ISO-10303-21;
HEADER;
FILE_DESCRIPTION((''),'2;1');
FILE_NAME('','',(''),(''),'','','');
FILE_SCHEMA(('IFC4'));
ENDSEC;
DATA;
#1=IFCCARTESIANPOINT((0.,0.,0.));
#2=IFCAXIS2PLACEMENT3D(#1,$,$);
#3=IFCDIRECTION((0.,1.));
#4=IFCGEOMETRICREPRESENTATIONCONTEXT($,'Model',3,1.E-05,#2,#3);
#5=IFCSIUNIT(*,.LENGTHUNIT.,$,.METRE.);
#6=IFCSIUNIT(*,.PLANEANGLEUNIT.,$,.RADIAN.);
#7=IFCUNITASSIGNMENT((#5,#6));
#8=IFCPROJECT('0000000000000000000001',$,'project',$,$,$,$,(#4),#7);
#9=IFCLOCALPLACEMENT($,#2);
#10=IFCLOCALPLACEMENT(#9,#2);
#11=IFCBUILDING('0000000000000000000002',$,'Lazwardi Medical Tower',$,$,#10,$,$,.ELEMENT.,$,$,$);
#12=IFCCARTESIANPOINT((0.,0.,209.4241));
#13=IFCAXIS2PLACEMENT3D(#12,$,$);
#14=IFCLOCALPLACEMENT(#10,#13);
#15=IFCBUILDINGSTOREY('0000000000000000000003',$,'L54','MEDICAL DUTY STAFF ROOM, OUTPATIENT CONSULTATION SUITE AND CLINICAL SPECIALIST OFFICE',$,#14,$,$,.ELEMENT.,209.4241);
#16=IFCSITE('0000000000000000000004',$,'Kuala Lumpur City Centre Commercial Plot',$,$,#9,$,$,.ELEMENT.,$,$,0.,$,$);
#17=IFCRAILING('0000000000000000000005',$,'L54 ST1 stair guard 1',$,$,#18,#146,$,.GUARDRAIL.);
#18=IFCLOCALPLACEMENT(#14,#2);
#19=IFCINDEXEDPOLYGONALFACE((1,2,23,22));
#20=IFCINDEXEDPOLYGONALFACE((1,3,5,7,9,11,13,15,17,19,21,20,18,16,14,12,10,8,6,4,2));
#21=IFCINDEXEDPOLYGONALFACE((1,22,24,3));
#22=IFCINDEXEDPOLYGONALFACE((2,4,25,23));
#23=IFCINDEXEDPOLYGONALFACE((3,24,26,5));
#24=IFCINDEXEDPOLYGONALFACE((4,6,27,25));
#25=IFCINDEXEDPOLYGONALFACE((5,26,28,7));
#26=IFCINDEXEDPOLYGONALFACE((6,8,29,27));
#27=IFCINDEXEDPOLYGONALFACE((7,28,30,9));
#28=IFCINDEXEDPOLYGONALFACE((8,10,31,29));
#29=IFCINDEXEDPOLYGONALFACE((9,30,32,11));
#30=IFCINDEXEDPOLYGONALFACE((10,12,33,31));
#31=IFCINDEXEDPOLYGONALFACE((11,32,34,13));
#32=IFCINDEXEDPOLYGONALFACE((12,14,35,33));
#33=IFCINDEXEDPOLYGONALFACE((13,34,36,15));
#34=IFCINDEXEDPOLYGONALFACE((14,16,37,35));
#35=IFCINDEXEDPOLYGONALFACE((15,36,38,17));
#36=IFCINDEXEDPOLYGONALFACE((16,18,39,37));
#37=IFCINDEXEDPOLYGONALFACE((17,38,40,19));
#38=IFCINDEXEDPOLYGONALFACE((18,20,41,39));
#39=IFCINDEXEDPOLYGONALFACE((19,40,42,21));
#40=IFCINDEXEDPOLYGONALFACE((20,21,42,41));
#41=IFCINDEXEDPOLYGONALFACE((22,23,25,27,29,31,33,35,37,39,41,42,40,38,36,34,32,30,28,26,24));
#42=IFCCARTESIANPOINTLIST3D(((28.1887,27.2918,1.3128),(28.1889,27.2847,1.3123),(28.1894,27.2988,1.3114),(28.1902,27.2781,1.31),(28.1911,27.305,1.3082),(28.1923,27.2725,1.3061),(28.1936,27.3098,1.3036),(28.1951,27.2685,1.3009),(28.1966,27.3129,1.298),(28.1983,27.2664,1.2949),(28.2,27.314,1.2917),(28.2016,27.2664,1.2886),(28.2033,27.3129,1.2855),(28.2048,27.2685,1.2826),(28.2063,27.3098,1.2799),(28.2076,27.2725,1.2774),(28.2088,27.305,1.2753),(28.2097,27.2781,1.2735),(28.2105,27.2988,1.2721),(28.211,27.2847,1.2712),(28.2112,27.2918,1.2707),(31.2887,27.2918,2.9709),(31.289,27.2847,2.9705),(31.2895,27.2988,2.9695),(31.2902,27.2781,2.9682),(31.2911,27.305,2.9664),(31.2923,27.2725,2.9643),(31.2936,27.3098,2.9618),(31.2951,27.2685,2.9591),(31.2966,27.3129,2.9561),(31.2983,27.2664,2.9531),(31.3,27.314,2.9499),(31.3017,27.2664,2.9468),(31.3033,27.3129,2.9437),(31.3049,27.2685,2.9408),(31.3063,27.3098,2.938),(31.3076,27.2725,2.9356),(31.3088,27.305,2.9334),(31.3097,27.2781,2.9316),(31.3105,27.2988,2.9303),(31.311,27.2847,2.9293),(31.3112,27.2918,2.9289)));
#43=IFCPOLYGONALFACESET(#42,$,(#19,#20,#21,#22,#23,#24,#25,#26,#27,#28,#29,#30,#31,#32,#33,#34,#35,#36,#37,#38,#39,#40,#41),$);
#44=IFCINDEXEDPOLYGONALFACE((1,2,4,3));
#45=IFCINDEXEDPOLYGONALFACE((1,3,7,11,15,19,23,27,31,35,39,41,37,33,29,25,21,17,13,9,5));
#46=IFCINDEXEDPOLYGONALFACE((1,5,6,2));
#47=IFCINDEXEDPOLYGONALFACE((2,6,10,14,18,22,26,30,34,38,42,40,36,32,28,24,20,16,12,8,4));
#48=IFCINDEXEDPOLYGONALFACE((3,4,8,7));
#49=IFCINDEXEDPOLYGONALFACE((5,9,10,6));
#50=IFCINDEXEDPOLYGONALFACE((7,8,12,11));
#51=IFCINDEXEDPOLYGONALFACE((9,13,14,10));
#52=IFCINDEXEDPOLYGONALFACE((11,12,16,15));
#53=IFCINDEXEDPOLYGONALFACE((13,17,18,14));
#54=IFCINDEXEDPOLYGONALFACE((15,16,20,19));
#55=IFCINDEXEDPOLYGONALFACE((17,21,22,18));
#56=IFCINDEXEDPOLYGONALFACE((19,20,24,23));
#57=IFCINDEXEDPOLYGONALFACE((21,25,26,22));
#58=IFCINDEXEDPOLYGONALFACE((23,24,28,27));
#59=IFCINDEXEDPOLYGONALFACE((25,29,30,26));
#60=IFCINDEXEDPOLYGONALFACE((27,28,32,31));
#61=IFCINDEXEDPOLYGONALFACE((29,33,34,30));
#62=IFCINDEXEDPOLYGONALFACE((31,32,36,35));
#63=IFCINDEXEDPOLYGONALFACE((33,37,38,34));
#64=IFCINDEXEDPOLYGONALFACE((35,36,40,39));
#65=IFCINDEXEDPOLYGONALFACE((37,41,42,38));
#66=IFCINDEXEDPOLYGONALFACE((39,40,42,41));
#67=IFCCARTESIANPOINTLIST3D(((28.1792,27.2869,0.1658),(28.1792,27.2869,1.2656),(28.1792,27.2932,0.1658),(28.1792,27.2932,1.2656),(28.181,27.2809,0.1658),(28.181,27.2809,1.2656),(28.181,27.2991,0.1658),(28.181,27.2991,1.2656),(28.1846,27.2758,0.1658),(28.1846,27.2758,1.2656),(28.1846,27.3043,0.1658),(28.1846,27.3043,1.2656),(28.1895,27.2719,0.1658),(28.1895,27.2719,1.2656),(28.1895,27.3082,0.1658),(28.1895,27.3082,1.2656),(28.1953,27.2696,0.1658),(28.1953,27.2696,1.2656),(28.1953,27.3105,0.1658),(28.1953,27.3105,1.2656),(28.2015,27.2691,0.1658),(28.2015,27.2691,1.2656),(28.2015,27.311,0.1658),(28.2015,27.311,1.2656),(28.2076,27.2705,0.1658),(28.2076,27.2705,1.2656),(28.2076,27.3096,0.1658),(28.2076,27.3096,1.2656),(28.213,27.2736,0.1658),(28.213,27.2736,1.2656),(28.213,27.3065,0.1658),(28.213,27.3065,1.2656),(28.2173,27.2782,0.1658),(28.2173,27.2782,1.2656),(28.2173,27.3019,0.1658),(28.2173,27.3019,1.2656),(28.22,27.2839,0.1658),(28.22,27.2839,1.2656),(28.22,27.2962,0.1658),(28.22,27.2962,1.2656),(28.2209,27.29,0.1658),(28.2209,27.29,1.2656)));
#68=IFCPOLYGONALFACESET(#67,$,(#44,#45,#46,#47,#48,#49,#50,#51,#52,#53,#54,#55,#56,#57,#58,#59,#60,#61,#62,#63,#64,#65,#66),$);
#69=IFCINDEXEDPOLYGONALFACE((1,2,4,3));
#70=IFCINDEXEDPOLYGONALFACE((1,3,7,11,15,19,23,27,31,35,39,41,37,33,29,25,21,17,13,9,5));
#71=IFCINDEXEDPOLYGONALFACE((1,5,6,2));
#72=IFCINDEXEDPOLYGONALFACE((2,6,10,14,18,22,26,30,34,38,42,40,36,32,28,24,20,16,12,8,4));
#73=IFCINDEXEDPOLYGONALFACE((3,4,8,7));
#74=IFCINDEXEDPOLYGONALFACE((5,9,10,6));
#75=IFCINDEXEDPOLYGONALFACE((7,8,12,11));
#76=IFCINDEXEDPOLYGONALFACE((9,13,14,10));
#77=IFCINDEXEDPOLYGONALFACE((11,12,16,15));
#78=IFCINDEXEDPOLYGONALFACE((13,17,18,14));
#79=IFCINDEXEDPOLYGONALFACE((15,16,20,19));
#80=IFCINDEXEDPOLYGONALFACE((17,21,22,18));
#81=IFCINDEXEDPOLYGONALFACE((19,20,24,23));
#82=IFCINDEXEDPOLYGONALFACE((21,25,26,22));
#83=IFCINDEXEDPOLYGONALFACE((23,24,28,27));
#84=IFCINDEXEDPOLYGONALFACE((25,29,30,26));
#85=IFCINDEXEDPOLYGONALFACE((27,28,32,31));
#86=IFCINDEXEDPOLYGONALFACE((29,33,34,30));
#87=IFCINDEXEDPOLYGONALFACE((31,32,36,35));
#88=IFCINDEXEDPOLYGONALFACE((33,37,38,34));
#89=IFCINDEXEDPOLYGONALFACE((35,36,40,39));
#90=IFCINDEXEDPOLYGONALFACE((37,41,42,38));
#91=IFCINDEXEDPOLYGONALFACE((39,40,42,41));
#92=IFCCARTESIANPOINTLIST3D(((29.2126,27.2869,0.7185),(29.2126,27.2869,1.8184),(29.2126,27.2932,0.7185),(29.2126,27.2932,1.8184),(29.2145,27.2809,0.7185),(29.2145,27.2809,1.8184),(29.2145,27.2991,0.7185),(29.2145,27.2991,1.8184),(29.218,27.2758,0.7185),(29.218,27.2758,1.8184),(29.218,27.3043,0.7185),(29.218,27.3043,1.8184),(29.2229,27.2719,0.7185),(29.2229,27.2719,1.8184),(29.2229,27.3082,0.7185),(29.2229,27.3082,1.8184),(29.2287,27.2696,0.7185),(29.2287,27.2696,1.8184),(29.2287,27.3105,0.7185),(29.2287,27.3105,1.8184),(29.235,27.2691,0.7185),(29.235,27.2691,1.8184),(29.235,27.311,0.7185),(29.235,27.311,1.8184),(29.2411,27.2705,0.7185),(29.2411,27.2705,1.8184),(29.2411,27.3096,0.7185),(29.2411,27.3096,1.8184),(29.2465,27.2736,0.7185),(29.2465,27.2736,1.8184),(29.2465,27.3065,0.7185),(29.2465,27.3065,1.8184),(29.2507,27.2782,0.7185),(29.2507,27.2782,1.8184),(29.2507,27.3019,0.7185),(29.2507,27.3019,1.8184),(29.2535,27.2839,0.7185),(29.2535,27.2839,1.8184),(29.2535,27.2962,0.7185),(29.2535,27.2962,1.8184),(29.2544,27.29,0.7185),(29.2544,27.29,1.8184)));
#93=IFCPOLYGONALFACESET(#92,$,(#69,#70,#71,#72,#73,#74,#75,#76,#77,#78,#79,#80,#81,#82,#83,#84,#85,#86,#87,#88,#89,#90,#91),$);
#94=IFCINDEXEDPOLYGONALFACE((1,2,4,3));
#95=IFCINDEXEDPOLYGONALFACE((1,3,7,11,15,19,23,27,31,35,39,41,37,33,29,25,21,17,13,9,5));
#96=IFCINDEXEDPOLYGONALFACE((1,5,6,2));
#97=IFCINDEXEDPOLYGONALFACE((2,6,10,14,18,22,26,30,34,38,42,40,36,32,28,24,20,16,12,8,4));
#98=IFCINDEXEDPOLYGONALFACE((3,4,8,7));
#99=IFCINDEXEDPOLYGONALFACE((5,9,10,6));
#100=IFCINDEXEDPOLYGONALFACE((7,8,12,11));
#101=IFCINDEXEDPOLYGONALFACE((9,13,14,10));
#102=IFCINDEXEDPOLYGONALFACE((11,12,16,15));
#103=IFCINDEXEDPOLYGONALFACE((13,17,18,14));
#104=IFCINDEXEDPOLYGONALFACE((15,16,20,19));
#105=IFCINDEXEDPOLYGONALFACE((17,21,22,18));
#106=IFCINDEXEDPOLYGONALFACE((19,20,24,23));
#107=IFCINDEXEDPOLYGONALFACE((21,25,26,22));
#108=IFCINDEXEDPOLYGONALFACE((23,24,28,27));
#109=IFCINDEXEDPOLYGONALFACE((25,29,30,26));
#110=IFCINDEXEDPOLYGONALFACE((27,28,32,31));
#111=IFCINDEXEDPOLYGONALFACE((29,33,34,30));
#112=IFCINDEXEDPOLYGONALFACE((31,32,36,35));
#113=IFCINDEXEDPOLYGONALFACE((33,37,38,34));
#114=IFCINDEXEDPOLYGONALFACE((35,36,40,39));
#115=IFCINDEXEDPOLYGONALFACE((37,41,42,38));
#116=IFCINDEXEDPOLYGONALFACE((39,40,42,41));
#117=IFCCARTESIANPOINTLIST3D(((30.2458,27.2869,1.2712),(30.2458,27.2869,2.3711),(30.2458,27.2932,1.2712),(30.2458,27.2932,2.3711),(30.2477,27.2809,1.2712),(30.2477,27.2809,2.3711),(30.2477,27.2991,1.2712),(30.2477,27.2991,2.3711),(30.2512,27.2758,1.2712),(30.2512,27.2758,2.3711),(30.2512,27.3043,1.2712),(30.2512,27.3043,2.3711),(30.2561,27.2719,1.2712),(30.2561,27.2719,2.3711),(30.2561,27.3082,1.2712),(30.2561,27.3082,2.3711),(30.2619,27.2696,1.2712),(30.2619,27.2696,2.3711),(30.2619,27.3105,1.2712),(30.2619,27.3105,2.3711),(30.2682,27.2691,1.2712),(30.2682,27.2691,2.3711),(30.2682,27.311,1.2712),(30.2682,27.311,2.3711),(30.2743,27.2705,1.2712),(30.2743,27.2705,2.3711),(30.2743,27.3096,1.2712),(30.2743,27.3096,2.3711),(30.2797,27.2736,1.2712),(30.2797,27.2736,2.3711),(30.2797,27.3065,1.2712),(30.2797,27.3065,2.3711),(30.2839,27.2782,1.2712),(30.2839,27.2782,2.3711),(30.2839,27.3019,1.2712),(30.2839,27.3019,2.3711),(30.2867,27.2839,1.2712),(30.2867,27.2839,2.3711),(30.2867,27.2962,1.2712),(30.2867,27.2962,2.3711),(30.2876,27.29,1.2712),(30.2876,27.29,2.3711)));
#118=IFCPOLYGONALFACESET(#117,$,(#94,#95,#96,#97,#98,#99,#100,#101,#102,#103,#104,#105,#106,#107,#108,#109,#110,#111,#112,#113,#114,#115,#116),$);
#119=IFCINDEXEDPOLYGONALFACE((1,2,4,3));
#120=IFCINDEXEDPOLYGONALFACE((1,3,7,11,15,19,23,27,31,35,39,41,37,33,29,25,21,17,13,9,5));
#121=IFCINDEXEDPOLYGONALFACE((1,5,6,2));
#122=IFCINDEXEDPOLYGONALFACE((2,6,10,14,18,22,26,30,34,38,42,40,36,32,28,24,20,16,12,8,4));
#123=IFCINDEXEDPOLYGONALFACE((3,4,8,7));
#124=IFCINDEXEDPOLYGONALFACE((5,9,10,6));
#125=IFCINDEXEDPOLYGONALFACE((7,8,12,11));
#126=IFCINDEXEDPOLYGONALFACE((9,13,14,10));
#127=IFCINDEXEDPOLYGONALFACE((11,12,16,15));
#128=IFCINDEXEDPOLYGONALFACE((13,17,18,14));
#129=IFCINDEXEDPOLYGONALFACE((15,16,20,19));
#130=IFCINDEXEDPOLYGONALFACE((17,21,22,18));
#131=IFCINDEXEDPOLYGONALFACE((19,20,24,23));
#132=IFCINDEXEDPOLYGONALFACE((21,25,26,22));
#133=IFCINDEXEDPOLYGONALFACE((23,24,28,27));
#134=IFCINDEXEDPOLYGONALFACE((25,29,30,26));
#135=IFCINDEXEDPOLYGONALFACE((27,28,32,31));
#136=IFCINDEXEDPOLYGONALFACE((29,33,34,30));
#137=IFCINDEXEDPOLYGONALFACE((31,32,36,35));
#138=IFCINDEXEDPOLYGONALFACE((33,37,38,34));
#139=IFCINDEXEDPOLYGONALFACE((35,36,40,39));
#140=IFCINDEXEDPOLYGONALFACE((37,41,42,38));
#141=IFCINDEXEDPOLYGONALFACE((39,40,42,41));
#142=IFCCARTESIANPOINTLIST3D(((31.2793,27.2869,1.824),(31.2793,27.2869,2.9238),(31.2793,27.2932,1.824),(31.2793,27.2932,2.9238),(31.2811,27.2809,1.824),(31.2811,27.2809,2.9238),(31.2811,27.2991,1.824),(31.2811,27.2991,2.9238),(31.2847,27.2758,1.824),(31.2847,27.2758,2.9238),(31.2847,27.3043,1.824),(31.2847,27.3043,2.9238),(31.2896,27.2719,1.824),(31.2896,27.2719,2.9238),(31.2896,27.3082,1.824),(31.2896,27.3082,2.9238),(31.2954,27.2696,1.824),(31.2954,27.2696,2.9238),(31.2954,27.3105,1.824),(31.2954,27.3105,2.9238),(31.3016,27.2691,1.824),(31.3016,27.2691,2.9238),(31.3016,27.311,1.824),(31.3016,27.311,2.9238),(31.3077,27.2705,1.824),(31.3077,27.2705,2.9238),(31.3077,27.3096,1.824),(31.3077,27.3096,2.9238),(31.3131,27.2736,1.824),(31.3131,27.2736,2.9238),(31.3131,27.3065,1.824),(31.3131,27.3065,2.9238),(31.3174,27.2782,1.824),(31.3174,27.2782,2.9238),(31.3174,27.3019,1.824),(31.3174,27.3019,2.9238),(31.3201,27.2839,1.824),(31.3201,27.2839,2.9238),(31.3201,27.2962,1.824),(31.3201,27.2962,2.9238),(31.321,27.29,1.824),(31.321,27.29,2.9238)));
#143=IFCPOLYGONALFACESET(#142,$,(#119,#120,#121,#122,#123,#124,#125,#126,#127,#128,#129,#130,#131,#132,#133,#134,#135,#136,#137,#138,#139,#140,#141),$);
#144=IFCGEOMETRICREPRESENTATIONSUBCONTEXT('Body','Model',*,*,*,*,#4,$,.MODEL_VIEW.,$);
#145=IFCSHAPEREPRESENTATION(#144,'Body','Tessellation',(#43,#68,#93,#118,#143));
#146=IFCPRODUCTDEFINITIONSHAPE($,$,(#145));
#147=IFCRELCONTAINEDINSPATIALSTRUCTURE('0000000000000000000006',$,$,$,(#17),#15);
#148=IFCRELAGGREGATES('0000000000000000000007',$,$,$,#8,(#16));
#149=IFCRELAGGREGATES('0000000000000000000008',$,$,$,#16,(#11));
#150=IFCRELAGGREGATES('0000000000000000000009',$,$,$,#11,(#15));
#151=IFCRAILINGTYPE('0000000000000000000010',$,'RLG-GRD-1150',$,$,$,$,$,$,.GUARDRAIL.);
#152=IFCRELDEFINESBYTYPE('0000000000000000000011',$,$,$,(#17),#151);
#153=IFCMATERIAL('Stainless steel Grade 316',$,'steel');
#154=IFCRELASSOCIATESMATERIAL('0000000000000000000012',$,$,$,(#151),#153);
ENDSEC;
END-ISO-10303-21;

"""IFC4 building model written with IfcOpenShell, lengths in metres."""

from ifc_helpers import new_model, si_unit, direction, frame, origin, origin_2d, place, context, subcontext, project, spatial, circle, extrude, material, type_object, element, save


model = new_model("IFC4")

# Units and contexts
model_context = context("Model", 3, precision=1e-05, world=origin(), true_north=direction((0.0, 1.0)))
body_context = subcontext(model_context, "Body", "Model", "MODEL_VIEW")
ifc_project = project(units=[si_unit("LENGTHUNIT", "METRE"), si_unit("PLANEANGLEUNIT", "RADIAN")], contexts=[model_context])

# Site, building, storey
site_placement = place(None, origin())
site = spatial("IfcSite", under=ifc_project, at=site_placement, Name="Kuala Lumpur City Centre Commercial Plot", CompositionType="ELEMENT", RefElevation=0.0)
building_placement = place(site_placement, origin())
building = spatial("IfcBuilding", under=site, at=building_placement, Name="Lazwardi Medical Tower", CompositionType="ELEMENT")
storey_placement = place(building_placement, frame((0.0, 0.0, 209.4241)))
storey = spatial("IfcBuildingStorey", under=building, at=storey_placement, Name="L54", Description="MEDICAL DUTY STAFF ROOM, OUTPATIENT CONSULTATION SUITE AND CLINICAL SPECIALIST OFFICE", CompositionType="ELEMENT", Elevation=209.4241)

# Railing
ifc_material_1 = material(Name="Stainless steel Grade 316", Category="steel")
railing_type_1 = type_object("IfcRailingType", Name="RLG-GRD-1150", PredefinedType="GUARDRAIL", material=ifc_material_1)
railing_1_placement = place(storey_placement, frame((28.2, 27.29, 0.1658)))
element("IfcRailing", 1, at=railing_1_placement, inside=storey, type_object=railing_type_1, Name="L54 ST1 stair guard 1", PredefinedType="GUARDRAIL", context=body_context, shape_type="SweptSolid", body=[
    extrude(circle(Radius=0.0239, at=origin_2d()), frame((0.0, 0.0, 1.126), z_axis=(0.881783, 0.0, 0.471655), x_axis=(0.0, 1.0, 0.0)), (0.0, 0.0, 1.0), 3.5156),
    extrude(circle(Radius=0.021, at=origin_2d()), origin(), (0.0, 0.0, 1.0), 1.0999),
    extrude(circle(Radius=0.021, at=origin_2d()), frame((1.0334, 0.0, 0.5527)), (0.0, 0.0, 1.0), 1.0999),
    extrude(circle(Radius=0.021, at=origin_2d()), frame((2.0667, 0.0, 1.1055)), (0.0, 0.0, 1.0), 1.0999),
    extrude(circle(Radius=0.021, at=origin_2d()), frame((3.1001, 0.0, 1.6582)), (0.0, 0.0, 1.0), 1.0999),
])

save(model, "model.ifc")
